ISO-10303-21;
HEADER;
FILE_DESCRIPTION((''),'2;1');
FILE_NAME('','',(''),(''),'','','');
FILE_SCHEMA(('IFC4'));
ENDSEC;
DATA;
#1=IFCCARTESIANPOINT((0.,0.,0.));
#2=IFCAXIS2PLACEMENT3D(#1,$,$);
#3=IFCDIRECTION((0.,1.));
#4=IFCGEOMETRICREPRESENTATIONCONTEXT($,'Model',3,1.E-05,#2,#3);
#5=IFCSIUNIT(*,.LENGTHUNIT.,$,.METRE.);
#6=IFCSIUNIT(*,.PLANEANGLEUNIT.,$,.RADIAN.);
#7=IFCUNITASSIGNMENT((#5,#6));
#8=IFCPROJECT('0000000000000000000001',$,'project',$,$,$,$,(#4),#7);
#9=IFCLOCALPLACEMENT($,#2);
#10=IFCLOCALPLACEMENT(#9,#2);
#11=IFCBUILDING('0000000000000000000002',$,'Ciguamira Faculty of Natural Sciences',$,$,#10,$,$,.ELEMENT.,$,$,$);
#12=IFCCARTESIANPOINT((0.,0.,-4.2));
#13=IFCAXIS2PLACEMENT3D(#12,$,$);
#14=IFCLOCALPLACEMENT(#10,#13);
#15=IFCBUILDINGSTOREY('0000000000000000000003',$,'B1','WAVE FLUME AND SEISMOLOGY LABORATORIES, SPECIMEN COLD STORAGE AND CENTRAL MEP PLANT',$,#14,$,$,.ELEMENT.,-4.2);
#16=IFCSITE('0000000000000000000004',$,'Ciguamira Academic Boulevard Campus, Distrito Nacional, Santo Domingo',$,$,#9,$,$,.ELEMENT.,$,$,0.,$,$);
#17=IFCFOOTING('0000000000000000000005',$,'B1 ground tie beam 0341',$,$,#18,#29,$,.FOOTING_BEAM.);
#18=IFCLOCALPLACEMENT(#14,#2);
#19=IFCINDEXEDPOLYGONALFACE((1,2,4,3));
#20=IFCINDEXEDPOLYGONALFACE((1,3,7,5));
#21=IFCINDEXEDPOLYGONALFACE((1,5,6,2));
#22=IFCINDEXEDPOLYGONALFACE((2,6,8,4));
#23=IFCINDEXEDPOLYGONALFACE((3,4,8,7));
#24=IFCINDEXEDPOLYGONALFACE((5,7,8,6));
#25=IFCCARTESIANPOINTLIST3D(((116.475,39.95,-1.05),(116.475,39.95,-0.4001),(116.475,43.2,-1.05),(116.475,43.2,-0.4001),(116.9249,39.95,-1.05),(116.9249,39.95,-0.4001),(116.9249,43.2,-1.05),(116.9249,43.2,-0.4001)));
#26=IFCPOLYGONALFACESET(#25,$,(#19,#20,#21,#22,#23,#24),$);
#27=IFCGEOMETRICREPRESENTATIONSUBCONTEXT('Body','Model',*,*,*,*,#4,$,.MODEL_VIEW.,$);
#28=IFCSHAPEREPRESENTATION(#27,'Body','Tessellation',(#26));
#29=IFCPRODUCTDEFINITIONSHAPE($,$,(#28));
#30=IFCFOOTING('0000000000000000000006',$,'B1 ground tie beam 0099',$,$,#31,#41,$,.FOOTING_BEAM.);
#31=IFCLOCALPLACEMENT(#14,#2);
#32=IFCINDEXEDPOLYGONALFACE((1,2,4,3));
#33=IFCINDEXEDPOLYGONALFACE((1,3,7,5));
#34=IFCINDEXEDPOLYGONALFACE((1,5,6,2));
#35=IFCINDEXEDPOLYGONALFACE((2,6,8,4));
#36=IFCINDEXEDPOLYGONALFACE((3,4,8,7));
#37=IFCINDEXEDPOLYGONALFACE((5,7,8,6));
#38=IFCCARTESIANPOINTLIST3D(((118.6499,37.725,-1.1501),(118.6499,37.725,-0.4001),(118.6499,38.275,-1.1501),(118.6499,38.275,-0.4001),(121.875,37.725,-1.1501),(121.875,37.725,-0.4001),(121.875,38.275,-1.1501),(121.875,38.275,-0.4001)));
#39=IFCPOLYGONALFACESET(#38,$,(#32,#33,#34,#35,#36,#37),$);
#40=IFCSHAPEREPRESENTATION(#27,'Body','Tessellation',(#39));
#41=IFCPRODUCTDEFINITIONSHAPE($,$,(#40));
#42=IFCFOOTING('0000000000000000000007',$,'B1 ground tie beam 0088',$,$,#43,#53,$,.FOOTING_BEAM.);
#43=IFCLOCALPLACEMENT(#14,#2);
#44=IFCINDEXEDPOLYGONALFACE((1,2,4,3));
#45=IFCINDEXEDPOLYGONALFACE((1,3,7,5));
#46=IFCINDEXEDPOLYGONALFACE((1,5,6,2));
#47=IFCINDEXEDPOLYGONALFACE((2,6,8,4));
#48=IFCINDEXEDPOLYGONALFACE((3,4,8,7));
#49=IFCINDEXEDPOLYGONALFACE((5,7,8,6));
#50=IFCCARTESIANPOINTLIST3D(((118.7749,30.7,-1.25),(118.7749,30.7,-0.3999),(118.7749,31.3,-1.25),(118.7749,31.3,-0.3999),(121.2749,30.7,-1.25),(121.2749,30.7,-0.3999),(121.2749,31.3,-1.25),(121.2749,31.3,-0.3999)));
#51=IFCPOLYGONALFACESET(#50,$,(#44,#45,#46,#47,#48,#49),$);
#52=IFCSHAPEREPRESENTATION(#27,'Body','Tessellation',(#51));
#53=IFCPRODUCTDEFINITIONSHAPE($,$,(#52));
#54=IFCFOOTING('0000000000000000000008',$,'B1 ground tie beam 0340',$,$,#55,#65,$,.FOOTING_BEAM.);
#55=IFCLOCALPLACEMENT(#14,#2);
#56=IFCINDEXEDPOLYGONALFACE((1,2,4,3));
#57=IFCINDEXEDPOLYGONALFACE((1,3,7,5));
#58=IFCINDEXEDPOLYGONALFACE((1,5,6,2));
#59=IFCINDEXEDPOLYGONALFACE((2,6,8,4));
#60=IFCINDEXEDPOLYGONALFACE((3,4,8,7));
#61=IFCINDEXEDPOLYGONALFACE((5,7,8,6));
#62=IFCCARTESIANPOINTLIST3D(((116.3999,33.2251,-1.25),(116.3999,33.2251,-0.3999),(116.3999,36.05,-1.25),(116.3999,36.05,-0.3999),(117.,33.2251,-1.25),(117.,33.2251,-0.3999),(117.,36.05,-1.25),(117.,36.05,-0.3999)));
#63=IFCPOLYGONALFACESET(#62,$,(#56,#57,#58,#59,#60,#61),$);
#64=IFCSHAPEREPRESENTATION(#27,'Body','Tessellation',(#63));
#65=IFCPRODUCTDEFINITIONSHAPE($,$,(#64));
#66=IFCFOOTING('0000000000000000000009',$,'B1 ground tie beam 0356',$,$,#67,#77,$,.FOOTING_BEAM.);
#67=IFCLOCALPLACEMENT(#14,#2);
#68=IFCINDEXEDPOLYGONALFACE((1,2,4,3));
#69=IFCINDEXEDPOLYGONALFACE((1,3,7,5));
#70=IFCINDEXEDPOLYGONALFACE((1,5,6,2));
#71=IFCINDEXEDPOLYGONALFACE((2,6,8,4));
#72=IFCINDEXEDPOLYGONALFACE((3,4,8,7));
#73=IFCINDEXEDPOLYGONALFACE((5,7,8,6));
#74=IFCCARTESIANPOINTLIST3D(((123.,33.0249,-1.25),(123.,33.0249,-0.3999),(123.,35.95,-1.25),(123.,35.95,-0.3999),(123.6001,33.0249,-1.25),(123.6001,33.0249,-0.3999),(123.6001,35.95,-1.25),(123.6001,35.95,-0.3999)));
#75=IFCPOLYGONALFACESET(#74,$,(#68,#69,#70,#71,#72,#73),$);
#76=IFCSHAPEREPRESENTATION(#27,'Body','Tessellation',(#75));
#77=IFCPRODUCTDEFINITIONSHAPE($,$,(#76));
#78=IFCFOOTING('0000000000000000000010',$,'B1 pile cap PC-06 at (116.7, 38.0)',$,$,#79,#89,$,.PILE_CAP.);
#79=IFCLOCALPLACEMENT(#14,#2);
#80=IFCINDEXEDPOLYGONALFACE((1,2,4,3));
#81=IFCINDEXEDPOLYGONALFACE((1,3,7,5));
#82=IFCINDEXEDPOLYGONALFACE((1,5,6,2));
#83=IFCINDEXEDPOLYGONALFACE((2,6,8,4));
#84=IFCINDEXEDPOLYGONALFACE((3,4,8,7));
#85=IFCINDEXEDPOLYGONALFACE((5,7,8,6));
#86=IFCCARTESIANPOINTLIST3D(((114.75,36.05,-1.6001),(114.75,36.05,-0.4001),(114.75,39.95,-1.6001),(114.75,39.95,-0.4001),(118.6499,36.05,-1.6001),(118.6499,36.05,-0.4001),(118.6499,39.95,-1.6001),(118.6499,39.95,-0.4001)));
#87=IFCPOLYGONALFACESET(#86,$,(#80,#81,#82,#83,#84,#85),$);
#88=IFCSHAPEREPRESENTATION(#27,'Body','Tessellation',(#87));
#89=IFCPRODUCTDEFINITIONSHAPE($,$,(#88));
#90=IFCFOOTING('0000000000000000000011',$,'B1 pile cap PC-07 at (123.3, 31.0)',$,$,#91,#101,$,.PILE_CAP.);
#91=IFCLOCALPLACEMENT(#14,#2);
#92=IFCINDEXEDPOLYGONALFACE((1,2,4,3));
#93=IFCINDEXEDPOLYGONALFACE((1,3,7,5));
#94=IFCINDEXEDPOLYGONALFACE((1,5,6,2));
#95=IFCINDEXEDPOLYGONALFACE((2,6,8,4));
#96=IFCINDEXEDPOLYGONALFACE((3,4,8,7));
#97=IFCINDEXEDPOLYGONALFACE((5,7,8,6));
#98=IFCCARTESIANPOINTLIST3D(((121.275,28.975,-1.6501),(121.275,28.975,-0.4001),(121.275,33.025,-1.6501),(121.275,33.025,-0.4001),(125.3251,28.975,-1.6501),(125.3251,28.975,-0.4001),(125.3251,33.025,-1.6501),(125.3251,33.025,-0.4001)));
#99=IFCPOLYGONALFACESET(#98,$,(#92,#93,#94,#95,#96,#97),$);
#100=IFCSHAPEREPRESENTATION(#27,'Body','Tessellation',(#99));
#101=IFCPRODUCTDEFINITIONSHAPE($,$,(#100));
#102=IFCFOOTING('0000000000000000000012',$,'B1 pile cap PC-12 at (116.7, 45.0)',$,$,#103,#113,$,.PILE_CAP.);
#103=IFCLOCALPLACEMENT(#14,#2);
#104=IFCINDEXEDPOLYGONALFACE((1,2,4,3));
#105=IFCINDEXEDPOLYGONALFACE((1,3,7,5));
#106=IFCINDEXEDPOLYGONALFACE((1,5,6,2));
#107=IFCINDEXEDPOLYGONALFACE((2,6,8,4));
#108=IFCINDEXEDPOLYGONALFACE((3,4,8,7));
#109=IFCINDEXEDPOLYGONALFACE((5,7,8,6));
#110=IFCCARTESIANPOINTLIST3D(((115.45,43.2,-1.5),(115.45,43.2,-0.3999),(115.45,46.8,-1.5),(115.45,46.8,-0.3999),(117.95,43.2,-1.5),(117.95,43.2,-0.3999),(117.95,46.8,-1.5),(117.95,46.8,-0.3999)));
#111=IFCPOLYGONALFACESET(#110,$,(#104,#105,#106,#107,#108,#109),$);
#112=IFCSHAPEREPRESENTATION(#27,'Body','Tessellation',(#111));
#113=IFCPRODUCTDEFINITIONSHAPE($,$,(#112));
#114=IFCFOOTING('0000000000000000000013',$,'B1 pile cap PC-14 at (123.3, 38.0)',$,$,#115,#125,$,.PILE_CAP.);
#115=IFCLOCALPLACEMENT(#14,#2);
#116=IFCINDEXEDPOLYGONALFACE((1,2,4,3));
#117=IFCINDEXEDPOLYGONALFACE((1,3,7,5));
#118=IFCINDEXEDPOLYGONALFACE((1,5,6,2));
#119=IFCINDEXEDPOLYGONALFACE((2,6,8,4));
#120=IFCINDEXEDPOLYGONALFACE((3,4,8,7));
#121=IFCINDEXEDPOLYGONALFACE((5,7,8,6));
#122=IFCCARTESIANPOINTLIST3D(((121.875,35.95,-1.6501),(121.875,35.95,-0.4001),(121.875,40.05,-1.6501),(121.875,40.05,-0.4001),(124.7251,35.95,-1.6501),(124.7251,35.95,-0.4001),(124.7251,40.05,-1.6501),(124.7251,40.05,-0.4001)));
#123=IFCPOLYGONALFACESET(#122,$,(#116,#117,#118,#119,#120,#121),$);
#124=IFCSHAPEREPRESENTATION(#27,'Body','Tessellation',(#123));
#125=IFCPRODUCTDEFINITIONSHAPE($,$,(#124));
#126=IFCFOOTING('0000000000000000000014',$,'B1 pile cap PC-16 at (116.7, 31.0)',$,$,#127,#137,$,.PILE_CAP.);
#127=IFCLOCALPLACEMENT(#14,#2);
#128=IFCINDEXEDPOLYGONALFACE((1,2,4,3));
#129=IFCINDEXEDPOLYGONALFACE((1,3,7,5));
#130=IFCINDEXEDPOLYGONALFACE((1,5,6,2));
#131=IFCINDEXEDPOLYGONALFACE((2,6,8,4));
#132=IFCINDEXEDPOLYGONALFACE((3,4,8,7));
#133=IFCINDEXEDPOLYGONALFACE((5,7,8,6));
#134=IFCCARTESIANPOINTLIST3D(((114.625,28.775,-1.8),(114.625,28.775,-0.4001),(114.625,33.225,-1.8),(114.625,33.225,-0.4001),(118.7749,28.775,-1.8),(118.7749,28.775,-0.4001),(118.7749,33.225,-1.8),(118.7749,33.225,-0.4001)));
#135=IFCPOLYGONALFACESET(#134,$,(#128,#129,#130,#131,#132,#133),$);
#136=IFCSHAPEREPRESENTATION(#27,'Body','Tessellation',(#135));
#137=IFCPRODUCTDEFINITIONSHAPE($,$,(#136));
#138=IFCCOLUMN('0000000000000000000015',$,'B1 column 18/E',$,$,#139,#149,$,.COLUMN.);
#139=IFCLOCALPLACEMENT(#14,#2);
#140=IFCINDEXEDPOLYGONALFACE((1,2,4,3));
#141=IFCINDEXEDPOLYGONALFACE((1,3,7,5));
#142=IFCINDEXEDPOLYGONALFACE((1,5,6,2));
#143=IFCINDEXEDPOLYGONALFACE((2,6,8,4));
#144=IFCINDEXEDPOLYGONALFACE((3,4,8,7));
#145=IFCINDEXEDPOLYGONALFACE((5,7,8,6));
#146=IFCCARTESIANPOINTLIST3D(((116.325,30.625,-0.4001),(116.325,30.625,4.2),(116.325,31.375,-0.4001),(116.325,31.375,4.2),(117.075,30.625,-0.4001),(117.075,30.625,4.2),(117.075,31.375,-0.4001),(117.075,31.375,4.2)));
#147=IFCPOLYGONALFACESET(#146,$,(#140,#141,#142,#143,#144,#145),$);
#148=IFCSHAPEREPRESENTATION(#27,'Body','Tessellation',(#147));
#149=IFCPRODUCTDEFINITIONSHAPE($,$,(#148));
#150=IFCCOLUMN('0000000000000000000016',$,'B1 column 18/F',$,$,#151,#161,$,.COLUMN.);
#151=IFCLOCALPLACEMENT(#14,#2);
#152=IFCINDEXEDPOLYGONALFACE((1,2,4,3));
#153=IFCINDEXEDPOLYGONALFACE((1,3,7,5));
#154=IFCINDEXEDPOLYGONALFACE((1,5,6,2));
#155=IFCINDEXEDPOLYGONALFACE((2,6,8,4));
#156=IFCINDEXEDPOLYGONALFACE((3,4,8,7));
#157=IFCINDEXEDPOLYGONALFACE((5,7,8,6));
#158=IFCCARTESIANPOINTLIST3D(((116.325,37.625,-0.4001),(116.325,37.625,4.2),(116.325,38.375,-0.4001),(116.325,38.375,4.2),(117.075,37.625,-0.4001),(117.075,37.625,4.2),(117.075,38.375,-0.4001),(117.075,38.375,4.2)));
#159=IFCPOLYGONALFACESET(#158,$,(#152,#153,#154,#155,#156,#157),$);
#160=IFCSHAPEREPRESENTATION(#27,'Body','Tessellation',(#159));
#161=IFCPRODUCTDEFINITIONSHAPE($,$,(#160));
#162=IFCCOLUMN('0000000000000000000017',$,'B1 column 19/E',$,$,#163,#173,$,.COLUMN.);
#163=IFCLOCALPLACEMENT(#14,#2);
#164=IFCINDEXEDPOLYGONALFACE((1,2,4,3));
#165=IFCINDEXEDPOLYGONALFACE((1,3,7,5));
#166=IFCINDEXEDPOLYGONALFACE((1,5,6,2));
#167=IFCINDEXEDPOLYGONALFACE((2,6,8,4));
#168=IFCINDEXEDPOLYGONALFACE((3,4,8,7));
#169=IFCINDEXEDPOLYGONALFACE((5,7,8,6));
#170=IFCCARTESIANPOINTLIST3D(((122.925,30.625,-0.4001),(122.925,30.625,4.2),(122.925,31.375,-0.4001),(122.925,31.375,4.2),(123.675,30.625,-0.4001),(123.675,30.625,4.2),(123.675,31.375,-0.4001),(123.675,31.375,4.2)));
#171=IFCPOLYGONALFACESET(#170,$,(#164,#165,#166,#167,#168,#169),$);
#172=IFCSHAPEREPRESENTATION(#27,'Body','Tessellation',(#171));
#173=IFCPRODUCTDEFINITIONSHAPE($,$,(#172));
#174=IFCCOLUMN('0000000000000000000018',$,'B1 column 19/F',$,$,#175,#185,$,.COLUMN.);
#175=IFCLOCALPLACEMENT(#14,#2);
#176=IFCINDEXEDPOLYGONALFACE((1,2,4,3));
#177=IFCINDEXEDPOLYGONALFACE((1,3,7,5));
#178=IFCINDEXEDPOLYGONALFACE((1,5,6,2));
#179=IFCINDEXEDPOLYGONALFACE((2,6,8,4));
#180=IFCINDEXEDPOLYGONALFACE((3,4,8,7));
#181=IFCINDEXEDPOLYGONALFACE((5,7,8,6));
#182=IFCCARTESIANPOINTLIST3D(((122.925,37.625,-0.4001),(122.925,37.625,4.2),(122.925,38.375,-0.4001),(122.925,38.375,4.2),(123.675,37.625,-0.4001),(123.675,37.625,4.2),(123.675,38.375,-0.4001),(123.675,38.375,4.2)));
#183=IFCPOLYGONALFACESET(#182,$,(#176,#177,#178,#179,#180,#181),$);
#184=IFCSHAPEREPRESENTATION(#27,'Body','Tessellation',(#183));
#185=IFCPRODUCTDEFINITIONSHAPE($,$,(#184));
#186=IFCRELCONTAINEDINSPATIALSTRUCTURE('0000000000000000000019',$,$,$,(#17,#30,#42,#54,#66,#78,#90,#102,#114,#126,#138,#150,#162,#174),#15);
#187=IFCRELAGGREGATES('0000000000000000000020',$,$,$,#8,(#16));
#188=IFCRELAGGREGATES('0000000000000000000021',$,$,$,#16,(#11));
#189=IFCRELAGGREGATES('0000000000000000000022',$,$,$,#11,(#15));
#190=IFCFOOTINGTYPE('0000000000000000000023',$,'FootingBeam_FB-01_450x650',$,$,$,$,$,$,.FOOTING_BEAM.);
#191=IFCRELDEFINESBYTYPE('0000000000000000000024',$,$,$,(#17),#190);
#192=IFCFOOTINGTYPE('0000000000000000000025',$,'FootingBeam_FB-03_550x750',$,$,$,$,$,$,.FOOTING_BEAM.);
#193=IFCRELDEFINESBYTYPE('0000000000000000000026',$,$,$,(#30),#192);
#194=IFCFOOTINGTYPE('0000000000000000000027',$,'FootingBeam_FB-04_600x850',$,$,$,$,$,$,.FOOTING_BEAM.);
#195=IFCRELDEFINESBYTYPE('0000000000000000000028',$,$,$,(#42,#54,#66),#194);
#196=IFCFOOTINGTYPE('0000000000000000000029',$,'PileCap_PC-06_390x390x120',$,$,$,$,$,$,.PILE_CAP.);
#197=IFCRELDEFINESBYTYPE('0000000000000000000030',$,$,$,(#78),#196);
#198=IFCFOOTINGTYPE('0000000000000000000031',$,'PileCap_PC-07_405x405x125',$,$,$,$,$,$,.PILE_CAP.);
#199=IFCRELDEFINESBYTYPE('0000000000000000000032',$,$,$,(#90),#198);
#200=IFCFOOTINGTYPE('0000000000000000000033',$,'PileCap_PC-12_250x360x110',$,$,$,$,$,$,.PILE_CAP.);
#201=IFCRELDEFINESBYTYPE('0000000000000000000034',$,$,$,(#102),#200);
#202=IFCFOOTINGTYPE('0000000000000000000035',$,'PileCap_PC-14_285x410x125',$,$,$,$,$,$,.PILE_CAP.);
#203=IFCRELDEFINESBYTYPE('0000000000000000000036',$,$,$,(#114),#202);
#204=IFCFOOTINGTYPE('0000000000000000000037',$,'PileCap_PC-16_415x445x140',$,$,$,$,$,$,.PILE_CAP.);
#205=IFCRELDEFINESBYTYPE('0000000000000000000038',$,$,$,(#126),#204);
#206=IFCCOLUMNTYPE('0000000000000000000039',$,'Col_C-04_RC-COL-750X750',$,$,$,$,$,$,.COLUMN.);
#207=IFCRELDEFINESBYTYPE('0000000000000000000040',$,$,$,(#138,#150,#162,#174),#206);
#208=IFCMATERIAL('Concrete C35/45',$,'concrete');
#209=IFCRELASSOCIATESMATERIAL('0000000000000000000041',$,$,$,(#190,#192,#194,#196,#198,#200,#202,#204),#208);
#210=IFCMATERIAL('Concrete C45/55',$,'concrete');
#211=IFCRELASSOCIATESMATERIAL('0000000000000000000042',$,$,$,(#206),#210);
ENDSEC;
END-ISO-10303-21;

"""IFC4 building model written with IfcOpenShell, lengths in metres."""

from ifc_helpers import new_model, si_unit, direction, frame, origin, origin_2d, place, context, subcontext, project, spatial, rectangle, extrude, material, material_profile, profile_set, type_object, element, save


model = new_model("IFC4")

# Units and contexts
model_context = context("Model", 3, precision=1e-05, world=origin(), true_north=direction((0.0, 1.0)))
body_context = subcontext(model_context, "Body", "Model", "MODEL_VIEW")
ifc_project = project(units=[si_unit("LENGTHUNIT", "METRE"), si_unit("PLANEANGLEUNIT", "RADIAN")], contexts=[model_context])

# Site, building, storey
site_placement = place(None, origin())
site = spatial("IfcSite", under=ifc_project, at=site_placement, Name="Ciguamira Academic Boulevard Campus, Distrito Nacional, Santo Domingo", CompositionType="ELEMENT", RefElevation=0.0)
building_placement = place(site_placement, origin())
building = spatial("IfcBuilding", under=site, at=building_placement, Name="Ciguamira Faculty of Natural Sciences", CompositionType="ELEMENT")
storey_placement = place(building_placement, frame((0.0, 0.0, -4.2)))
storey = spatial("IfcBuildingStorey", under=building, at=storey_placement, Name="B1", Description="WAVE FLUME AND SEISMOLOGY LABORATORIES, SPECIMEN COLD STORAGE AND CENTRAL MEP PLANT", CompositionType="ELEMENT", Elevation=-4.2)

# Shared definitions
ifc_material_1 = material(Name="Concrete C35/45", Category="concrete")

# Footings
ifc_material_profile_1 = material_profile(ifc_material_1, rectangle(XDim=0.45, YDim=0.6499, at=origin_2d()), Name="RC-FB-450X650")
ifc_profile_set_1 = profile_set([ifc_material_profile_1], Name="Concrete C35/45")
footing_type_1 = type_object("IfcFootingType", Name="FootingBeam_FB-01_450x650", PredefinedType="FOOTING_BEAM", material=ifc_profile_set_1)
footing_1_placement = place(storey_placement, frame((116.7, 39.95, -0.7251), z_axis=(0.0, 1.0, 0.0), x_axis=(-1.0, 0.0, 0.0)))
element("IfcFooting", 1, at=footing_1_placement, inside=storey, type_object=footing_type_1, Name="B1 ground tie beam 0341", PredefinedType="FOOTING_BEAM", context=body_context, shape_type="SweptSolid", body=[
    extrude(rectangle(XDim=0.45, YDim=0.6499, at=origin_2d()), origin(), (0.0, 0.0, 1.0), 3.25),
])
ifc_material_profile_2 = material_profile(ifc_material_1, rectangle(XDim=0.55, YDim=0.75, at=origin_2d()), Name="RC-FB-550X750")
ifc_profile_set_2 = profile_set([ifc_material_profile_2], Name="Concrete C35/45")
footing_type_2 = type_object("IfcFootingType", Name="FootingBeam_FB-03_550x750", PredefinedType="FOOTING_BEAM", material=ifc_profile_set_2)
footing_2_placement = place(storey_placement, frame((118.6499, 38.0, -0.7751), z_axis=(1.0, 0.0, 0.0), x_axis=(0.0, 1.0, 0.0)))
element("IfcFooting", 2, at=footing_2_placement, inside=storey, type_object=footing_type_2, Name="B1 ground tie beam 0099", PredefinedType="FOOTING_BEAM", context=body_context, shape_type="SweptSolid", body=[
    extrude(rectangle(XDim=0.55, YDim=0.75, at=origin_2d()), origin(), (0.0, 0.0, 1.0), 3.2251),
])
ifc_material_profile_3 = material_profile(ifc_material_1, rectangle(XDim=0.6001, YDim=0.8501, at=origin_2d()), Name="RC-FB-600X850")
ifc_profile_set_3 = profile_set([ifc_material_profile_3], Name="Concrete C35/45")
footing_type_3 = type_object("IfcFootingType", Name="FootingBeam_FB-04_600x850", PredefinedType="FOOTING_BEAM", material=ifc_profile_set_3)
footing_3_placement = place(storey_placement, frame((118.7749, 31.0, -0.825), z_axis=(1.0, 0.0, 0.0), x_axis=(0.0, 1.0, 0.0)))
element("IfcFooting", 3, at=footing_3_placement, inside=storey, type_object=footing_type_3, Name="B1 ground tie beam 0088", PredefinedType="FOOTING_BEAM", context=body_context, shape_type="SweptSolid", body=[
    extrude(rectangle(XDim=0.6001, YDim=0.8501, at=origin_2d()), origin(), (0.0, 0.0, 1.0), 2.5),
])
footing_4_placement = place(storey_placement, frame((116.7, 33.2251, -0.825), z_axis=(0.0, 1.0, 0.0), x_axis=(-1.0, 0.0, 0.0)))
element("IfcFooting", 4, at=footing_4_placement, inside=storey, type_object=footing_type_3, Name="B1 ground tie beam 0340", PredefinedType="FOOTING_BEAM", context=body_context, shape_type="SweptSolid", body=[
    extrude(rectangle(XDim=0.6001, YDim=0.8501, at=origin_2d()), origin(), (0.0, 0.0, 1.0), 2.825),
])
footing_5_placement = place(storey_placement, frame((123.3, 33.0249, -0.825), z_axis=(0.0, 1.0, 0.0), x_axis=(-1.0, 0.0, 0.0)))
element("IfcFooting", 5, at=footing_5_placement, inside=storey, type_object=footing_type_3, Name="B1 ground tie beam 0356", PredefinedType="FOOTING_BEAM", context=body_context, shape_type="SweptSolid", body=[
    extrude(rectangle(XDim=0.6001, YDim=0.8501, at=origin_2d()), origin(), (0.0, 0.0, 1.0), 2.925),
])
footing_type_4 = type_object("IfcFootingType", Name="PileCap_PC-06_390x390x120", PredefinedType="PILE_CAP", material=ifc_material_1)
footing_6_placement = place(storey_placement, frame((116.7, 38.0, -1.6001), z_axis=(0.0, 0.0, 1.0), x_axis=(1.0, 0.0, 0.0)))
element("IfcFooting", 6, at=footing_6_placement, inside=storey, type_object=footing_type_4, Name="B1 pile cap PC-06 at (116.7, 38.0)", PredefinedType="PILE_CAP", context=body_context, shape_type="SweptSolid", body=[
    extrude(rectangle(XDim=3.8999, YDim=3.8999, at=origin_2d()), origin(), (0.0, 0.0, 1.0), 1.2),
])
footing_type_5 = type_object("IfcFootingType", Name="PileCap_PC-07_405x405x125", PredefinedType="PILE_CAP", material=ifc_material_1)
footing_7_placement = place(storey_placement, frame((123.3, 31.0, -1.6501), z_axis=(0.0, 0.0, 1.0), x_axis=(1.0, 0.0, 0.0)))
element("IfcFooting", 7, at=footing_7_placement, inside=storey, type_object=footing_type_5, Name="B1 pile cap PC-07 at (123.3, 31.0)", PredefinedType="PILE_CAP", context=body_context, shape_type="SweptSolid", body=[
    extrude(rectangle(XDim=4.05, YDim=4.05, at=origin_2d()), origin(), (0.0, 0.0, 1.0), 1.25),
])
footing_type_6 = type_object("IfcFootingType", Name="PileCap_PC-12_250x360x110", PredefinedType="PILE_CAP", material=ifc_material_1)
footing_8_placement = place(storey_placement, frame((116.7, 45.0, -1.5), z_axis=(0.0, 0.0, 1.0), x_axis=(1.0, 0.0, 0.0)))
element("IfcFooting", 8, at=footing_8_placement, inside=storey, type_object=footing_type_6, Name="B1 pile cap PC-12 at (116.7, 45.0)", PredefinedType="PILE_CAP", context=body_context, shape_type="SweptSolid", body=[
    extrude(rectangle(XDim=2.5, YDim=3.6001, at=origin_2d()), origin(), (0.0, 0.0, 1.0), 1.1001),
])
footing_type_7 = type_object("IfcFootingType", Name="PileCap_PC-14_285x410x125", PredefinedType="PILE_CAP", material=ifc_material_1)
footing_9_placement = place(storey_placement, frame((123.3, 38.0, -1.6501), z_axis=(0.0, 0.0, 1.0), x_axis=(1.0, 0.0, 0.0)))
element("IfcFooting", 9, at=footing_9_placement, inside=storey, type_object=footing_type_7, Name="B1 pile cap PC-14 at (123.3, 38.0)", PredefinedType="PILE_CAP", context=body_context, shape_type="SweptSolid", body=[
    extrude(rectangle(XDim=2.8501, YDim=4.1001, at=origin_2d()), origin(), (0.0, 0.0, 1.0), 1.25),
])
footing_type_8 = type_object("IfcFootingType", Name="PileCap_PC-16_415x445x140", PredefinedType="PILE_CAP", material=ifc_material_1)
footing_10_placement = place(storey_placement, frame((116.7, 31.0, -1.8), z_axis=(0.0, 0.0, 1.0), x_axis=(1.0, 0.0, 0.0)))
element("IfcFooting", 10, at=footing_10_placement, inside=storey, type_object=footing_type_8, Name="B1 pile cap PC-16 at (116.7, 31.0)", PredefinedType="PILE_CAP", context=body_context, shape_type="SweptSolid", body=[
    extrude(rectangle(XDim=4.1499, YDim=4.45, at=origin_2d()), origin(), (0.0, 0.0, 1.0), 1.3999),
])

# Columns
ifc_material_2 = material(Name="Concrete C45/55", Category="concrete")
ifc_material_profile_4 = material_profile(ifc_material_2, rectangle(XDim=0.75, YDim=0.75, at=origin_2d()), Name="RC-COL-750X750")
ifc_profile_set_4 = profile_set([ifc_material_profile_4], Name="Concrete C45/55")
column_type_1 = type_object("IfcColumnType", Name="Col_C-04_RC-COL-750X750", PredefinedType="COLUMN", material=ifc_profile_set_4)
for number, where, z_axis, x_axis, name in (
    (11, (116.7, 31.0, -0.4001), (0.0, 0.0, 1.0), (1.0, 0.0, 0.0), "B1 column 18/E"),
    (12, (116.7, 38.0, -0.4001), (0.0, 0.0, 1.0), (1.0, 0.0, 0.0), "B1 column 18/F"),
    (13, (123.3, 31.0, -0.4001), (0.0, 0.0, 1.0), (1.0, 0.0, 0.0), "B1 column 19/E"),
    (14, (123.3, 38.0, -0.4001), (0.0, 0.0, 1.0), (1.0, 0.0, 0.0), "B1 column 19/F"),
):
    element("IfcColumn", number, at=place(storey_placement, frame(where, z_axis=z_axis, x_axis=x_axis)), inside=storey, type_object=column_type_1, Name=name, PredefinedType="COLUMN", context=body_context, shape_type="SweptSolid", body=[
        extrude(rectangle(XDim=0.75, YDim=0.75, at=origin_2d()), origin(), (0.0, 0.0, 1.0), 4.6001),
    ])

save(model, "model.ifc")
